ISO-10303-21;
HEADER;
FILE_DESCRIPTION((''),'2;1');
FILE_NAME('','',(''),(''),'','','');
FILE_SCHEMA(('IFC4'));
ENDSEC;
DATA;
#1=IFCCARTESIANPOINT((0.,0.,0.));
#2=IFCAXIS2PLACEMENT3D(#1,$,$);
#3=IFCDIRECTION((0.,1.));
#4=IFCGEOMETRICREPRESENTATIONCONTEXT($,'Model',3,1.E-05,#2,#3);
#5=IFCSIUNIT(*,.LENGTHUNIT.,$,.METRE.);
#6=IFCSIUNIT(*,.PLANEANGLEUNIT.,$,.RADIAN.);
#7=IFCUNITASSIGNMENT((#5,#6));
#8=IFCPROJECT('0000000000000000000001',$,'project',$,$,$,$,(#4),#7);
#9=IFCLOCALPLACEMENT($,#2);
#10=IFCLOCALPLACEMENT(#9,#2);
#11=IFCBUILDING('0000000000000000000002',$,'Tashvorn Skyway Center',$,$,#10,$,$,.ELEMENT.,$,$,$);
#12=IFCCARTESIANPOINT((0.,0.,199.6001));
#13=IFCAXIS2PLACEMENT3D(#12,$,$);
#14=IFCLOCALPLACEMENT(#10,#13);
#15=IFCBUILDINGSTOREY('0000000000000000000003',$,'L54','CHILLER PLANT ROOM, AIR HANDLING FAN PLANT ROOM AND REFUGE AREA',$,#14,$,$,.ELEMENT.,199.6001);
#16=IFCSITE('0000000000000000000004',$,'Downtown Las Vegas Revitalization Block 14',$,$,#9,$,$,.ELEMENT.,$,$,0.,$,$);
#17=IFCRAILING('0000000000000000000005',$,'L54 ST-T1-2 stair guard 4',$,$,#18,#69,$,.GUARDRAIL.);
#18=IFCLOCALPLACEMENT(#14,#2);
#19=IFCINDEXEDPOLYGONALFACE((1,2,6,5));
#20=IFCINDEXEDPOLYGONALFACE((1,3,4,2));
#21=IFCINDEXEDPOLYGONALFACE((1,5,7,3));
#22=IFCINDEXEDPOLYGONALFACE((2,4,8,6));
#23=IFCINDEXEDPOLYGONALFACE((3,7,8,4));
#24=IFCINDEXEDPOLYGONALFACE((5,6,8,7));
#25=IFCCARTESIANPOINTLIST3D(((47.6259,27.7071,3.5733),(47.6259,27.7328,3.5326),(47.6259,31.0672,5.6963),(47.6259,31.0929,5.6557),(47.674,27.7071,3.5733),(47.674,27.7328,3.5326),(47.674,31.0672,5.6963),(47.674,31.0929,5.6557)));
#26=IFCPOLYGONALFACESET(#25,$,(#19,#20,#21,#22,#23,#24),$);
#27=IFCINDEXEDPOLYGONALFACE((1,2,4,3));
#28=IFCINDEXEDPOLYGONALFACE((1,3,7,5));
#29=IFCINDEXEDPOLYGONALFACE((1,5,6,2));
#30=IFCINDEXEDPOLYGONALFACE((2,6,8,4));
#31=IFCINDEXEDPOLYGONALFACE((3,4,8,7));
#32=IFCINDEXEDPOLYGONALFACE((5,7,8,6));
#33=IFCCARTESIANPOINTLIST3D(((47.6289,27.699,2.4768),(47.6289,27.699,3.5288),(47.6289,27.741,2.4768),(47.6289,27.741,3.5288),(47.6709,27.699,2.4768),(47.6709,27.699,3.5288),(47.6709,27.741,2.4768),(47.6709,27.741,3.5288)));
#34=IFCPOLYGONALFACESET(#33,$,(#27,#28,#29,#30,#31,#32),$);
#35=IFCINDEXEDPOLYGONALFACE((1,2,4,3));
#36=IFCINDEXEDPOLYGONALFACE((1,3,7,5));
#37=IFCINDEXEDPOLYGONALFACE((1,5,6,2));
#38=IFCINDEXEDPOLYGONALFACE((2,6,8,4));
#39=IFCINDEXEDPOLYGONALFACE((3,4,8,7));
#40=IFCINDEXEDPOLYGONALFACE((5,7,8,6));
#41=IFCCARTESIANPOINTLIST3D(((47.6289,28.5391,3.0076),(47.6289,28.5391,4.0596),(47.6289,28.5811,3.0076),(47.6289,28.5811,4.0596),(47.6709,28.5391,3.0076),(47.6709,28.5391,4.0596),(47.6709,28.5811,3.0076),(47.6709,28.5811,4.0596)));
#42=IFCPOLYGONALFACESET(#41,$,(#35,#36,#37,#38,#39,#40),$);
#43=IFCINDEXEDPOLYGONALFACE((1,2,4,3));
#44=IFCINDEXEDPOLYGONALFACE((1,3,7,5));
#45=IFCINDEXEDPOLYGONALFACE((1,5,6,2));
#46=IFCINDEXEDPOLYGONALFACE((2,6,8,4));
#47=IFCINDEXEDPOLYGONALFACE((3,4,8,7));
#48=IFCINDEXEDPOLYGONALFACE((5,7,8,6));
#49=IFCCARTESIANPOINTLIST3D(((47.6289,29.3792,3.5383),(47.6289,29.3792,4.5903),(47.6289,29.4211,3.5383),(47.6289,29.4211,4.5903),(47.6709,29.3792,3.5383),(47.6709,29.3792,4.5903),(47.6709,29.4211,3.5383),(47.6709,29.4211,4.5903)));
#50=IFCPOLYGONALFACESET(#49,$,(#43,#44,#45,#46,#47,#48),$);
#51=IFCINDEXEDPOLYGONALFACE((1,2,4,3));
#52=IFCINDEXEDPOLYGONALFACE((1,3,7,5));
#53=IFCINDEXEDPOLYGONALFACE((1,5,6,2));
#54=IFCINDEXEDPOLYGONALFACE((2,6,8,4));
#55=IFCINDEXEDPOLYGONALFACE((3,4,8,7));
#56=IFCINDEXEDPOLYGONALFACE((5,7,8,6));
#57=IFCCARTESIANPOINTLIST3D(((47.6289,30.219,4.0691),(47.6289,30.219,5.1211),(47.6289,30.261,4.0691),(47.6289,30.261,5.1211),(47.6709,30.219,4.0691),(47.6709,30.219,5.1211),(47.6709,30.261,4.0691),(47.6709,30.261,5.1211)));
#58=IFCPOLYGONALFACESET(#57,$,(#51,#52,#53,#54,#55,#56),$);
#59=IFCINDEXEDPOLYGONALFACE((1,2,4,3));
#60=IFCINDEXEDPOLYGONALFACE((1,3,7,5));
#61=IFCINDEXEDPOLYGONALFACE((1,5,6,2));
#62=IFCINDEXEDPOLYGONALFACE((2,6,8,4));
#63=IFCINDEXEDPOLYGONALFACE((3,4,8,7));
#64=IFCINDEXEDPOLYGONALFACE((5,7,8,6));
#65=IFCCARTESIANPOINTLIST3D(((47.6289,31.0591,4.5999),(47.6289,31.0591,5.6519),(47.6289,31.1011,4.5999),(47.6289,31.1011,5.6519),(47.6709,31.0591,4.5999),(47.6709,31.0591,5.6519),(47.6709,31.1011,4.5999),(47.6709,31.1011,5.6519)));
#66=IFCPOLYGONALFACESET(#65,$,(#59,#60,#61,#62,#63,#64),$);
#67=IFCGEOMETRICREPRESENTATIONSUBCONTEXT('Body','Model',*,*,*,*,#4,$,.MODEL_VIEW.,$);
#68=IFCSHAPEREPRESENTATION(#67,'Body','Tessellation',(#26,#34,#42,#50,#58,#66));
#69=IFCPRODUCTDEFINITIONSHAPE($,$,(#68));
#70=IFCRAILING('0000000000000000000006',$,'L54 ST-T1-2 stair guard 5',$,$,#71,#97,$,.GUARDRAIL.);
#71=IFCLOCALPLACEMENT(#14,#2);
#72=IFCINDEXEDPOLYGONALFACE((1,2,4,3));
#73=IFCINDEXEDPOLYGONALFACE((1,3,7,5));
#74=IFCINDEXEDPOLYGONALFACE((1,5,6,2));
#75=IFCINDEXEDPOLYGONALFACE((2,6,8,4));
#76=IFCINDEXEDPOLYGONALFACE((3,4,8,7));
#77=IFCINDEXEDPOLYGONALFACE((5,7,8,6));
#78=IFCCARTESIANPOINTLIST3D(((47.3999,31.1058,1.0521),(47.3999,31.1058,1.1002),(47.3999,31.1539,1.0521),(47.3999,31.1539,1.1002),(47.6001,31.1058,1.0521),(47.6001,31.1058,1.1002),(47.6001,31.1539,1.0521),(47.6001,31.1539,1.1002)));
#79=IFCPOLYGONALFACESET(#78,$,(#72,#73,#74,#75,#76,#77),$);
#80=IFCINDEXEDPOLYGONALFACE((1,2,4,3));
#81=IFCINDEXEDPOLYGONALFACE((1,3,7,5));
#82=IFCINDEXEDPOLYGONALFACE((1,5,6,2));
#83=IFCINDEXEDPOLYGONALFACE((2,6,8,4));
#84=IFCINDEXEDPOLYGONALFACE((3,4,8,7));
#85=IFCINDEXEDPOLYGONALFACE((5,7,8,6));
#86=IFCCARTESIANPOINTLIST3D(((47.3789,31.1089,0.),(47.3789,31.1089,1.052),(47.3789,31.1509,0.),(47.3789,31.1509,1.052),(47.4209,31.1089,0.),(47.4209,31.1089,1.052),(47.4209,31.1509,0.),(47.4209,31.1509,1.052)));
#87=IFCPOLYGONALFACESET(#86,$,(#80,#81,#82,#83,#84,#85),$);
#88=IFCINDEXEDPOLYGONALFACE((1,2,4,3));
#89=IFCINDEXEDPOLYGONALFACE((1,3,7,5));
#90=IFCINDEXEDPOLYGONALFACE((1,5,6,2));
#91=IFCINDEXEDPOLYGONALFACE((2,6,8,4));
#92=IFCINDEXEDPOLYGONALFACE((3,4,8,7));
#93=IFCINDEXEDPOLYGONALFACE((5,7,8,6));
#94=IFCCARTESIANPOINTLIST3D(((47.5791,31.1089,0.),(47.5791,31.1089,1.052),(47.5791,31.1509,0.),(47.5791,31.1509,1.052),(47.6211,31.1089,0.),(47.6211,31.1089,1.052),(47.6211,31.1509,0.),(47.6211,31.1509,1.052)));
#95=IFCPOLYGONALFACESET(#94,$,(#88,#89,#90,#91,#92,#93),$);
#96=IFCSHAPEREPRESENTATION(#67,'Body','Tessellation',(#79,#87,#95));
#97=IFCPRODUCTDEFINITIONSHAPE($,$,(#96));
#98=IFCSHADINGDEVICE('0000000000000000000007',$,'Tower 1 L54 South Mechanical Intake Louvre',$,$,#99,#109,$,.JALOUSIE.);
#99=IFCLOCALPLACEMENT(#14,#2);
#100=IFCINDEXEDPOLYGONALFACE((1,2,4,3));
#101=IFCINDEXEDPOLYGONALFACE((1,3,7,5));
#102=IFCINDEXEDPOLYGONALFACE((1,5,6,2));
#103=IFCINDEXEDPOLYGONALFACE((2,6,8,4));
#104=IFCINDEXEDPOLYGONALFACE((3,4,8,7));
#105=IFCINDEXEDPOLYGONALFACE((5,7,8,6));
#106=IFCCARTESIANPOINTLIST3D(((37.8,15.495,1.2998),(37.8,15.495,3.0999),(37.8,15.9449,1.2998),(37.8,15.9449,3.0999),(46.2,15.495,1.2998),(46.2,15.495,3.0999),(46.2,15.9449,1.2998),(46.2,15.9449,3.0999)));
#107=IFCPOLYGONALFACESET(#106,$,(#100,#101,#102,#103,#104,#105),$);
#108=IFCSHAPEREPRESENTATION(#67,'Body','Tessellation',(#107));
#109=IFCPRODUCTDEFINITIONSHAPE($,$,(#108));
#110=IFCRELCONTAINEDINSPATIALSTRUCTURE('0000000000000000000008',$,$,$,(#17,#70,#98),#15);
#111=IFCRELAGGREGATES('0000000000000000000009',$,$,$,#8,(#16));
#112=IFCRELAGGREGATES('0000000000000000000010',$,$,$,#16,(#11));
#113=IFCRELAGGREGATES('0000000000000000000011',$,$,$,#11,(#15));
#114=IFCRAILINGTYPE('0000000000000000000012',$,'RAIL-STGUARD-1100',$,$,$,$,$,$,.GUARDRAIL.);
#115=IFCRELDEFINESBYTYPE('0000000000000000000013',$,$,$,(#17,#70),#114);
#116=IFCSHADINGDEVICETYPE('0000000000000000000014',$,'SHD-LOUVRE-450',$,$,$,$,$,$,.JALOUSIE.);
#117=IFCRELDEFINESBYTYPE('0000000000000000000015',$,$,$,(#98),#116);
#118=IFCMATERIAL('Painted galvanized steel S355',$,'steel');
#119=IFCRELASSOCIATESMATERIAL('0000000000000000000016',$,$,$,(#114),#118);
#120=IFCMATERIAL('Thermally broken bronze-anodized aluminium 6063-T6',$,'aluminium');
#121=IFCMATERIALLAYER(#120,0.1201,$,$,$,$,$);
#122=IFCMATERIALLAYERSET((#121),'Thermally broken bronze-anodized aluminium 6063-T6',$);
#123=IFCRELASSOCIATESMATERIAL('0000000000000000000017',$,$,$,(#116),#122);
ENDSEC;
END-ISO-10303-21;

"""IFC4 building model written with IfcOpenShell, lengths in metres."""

from ifc_helpers import new_model, si_unit, direction, frame, origin, origin_2d, place, context, subcontext, project, spatial, rectangle, extrude, material, layer, layer_set, type_object, element, save


model = new_model("IFC4")

# Units and contexts
model_context = context("Model", 3, precision=1e-05, world=origin(), true_north=direction((0.0, 1.0)))
body_context = subcontext(model_context, "Body", "Model", "MODEL_VIEW")
ifc_project = project(units=[si_unit("LENGTHUNIT", "METRE"), si_unit("PLANEANGLEUNIT", "RADIAN")], contexts=[model_context])

# Site, building, storey
site_placement = place(None, origin())
site = spatial("IfcSite", under=ifc_project, at=site_placement, Name="Downtown Las Vegas Revitalization Block 14", CompositionType="ELEMENT", RefElevation=0.0)
building_placement = place(site_placement, origin())
building = spatial("IfcBuilding", under=site, at=building_placement, Name="Tashvorn Skyway Center", CompositionType="ELEMENT")
storey_placement = place(building_placement, frame((0.0, 0.0, 199.6001)))
storey = spatial("IfcBuildingStorey", under=building, at=storey_placement, Name="L54", Description="CHILLER PLANT ROOM, AIR HANDLING FAN PLANT ROOM AND REFUGE AREA", CompositionType="ELEMENT", Elevation=199.6001)

# Railings
ifc_material_1 = material(Name="Painted galvanized steel S355", Category="steel")
railing_type_1 = type_object("IfcRailingType", Name="RAIL-STGUARD-1100", PredefinedType="GUARDRAIL", material=ifc_material_1)
railing_1_placement = place(storey_placement, frame((47.6499, 27.72, 2.4768)))
element("IfcRailing", 1, at=railing_1_placement, inside=storey, type_object=railing_type_1, Name="L54 ST-T1-2 stair guard 4", PredefinedType="GUARDRAIL", context=body_context, shape_type="SweptSolid", body=[
    extrude(rectangle(XDim=0.0481, YDim=0.0481, at=origin_2d()), frame((0.0, 0.0, 1.0762), z_axis=(0.0, 0.84539, 0.53415), x_axis=(-1.0, 0.0, 0.0)), (0.0, 0.0, 1.0), 3.9746),
    extrude(rectangle(XDim=0.042, YDim=0.042, at=origin_2d()), origin(), (0.0, 0.0, 1.0), 1.052),
    extrude(rectangle(XDim=0.042, YDim=0.042, at=origin_2d()), frame((0.0, 0.8401, 0.5308)), (0.0, 0.0, 1.0), 1.052),
    extrude(rectangle(XDim=0.042, YDim=0.042, at=origin_2d()), frame((0.0, 1.6802, 1.0615)), (0.0, 0.0, 1.0), 1.052),
    extrude(rectangle(XDim=0.042, YDim=0.042, at=origin_2d()), frame((0.0, 2.52, 1.5923)), (0.0, 0.0, 1.0), 1.052),
    extrude(rectangle(XDim=0.042, YDim=0.042, at=origin_2d()), frame((0.0, 3.3601, 2.123)), (0.0, 0.0, 1.0), 1.052),
])
railing_2_placement = place(storey_placement, frame((47.3999, 31.1299, 0.0)))
element("IfcRailing", 2, at=railing_2_placement, inside=storey, type_object=railing_type_1, Name="L54 ST-T1-2 stair guard 5", PredefinedType="GUARDRAIL", context=body_context, shape_type="SweptSolid", body=[
    extrude(rectangle(XDim=0.0481, YDim=0.0481, at=origin_2d()), frame((0.0, 0.0, 1.0762), z_axis=(1.0, 0.0, 0.0), x_axis=(0.0, 1.0, 0.0)), (0.0, 0.0, 1.0), 0.2002),
    extrude(rectangle(XDim=0.042, YDim=0.042, at=origin_2d()), origin(), (0.0, 0.0, 1.0), 1.052),
    extrude(rectangle(XDim=0.042, YDim=0.042, at=origin_2d()), frame((0.2002, 0.0, 0.0)), (0.0, 0.0, 1.0), 1.052),
])

# Shading device
ifc_material_2 = material(Name="Thermally broken bronze-anodized aluminium 6063-T6", Category="aluminium")
ifc_layer_1 = layer(ifc_material_2, 0.1201)
ifc_layer_set_1 = layer_set([ifc_layer_1], Name="Thermally broken bronze-anodized aluminium 6063-T6")
shading_device_type = type_object("IfcShadingDeviceType", Name="SHD-LOUVRE-450", PredefinedType="JALOUSIE", material=ifc_layer_set_1)
shading_device_placement = place(storey_placement, frame((42.0, 15.72, 1.2998), z_axis=(0.0, 0.0, 1.0), x_axis=(-1.0, 0.0, 0.0)))
element("IfcShadingDevice", 3, at=shading_device_placement, inside=storey, type_object=shading_device_type, Name="Tower 1 L54 South Mechanical Intake Louvre", PredefinedType="JALOUSIE", context=body_context, shape_type="SweptSolid", body=[
    extrude(rectangle(XDim=8.3999, YDim=0.45, at=origin_2d()), origin(), (0.0, 0.0, 1.0), 1.8),
])

save(model, "model.ifc")
